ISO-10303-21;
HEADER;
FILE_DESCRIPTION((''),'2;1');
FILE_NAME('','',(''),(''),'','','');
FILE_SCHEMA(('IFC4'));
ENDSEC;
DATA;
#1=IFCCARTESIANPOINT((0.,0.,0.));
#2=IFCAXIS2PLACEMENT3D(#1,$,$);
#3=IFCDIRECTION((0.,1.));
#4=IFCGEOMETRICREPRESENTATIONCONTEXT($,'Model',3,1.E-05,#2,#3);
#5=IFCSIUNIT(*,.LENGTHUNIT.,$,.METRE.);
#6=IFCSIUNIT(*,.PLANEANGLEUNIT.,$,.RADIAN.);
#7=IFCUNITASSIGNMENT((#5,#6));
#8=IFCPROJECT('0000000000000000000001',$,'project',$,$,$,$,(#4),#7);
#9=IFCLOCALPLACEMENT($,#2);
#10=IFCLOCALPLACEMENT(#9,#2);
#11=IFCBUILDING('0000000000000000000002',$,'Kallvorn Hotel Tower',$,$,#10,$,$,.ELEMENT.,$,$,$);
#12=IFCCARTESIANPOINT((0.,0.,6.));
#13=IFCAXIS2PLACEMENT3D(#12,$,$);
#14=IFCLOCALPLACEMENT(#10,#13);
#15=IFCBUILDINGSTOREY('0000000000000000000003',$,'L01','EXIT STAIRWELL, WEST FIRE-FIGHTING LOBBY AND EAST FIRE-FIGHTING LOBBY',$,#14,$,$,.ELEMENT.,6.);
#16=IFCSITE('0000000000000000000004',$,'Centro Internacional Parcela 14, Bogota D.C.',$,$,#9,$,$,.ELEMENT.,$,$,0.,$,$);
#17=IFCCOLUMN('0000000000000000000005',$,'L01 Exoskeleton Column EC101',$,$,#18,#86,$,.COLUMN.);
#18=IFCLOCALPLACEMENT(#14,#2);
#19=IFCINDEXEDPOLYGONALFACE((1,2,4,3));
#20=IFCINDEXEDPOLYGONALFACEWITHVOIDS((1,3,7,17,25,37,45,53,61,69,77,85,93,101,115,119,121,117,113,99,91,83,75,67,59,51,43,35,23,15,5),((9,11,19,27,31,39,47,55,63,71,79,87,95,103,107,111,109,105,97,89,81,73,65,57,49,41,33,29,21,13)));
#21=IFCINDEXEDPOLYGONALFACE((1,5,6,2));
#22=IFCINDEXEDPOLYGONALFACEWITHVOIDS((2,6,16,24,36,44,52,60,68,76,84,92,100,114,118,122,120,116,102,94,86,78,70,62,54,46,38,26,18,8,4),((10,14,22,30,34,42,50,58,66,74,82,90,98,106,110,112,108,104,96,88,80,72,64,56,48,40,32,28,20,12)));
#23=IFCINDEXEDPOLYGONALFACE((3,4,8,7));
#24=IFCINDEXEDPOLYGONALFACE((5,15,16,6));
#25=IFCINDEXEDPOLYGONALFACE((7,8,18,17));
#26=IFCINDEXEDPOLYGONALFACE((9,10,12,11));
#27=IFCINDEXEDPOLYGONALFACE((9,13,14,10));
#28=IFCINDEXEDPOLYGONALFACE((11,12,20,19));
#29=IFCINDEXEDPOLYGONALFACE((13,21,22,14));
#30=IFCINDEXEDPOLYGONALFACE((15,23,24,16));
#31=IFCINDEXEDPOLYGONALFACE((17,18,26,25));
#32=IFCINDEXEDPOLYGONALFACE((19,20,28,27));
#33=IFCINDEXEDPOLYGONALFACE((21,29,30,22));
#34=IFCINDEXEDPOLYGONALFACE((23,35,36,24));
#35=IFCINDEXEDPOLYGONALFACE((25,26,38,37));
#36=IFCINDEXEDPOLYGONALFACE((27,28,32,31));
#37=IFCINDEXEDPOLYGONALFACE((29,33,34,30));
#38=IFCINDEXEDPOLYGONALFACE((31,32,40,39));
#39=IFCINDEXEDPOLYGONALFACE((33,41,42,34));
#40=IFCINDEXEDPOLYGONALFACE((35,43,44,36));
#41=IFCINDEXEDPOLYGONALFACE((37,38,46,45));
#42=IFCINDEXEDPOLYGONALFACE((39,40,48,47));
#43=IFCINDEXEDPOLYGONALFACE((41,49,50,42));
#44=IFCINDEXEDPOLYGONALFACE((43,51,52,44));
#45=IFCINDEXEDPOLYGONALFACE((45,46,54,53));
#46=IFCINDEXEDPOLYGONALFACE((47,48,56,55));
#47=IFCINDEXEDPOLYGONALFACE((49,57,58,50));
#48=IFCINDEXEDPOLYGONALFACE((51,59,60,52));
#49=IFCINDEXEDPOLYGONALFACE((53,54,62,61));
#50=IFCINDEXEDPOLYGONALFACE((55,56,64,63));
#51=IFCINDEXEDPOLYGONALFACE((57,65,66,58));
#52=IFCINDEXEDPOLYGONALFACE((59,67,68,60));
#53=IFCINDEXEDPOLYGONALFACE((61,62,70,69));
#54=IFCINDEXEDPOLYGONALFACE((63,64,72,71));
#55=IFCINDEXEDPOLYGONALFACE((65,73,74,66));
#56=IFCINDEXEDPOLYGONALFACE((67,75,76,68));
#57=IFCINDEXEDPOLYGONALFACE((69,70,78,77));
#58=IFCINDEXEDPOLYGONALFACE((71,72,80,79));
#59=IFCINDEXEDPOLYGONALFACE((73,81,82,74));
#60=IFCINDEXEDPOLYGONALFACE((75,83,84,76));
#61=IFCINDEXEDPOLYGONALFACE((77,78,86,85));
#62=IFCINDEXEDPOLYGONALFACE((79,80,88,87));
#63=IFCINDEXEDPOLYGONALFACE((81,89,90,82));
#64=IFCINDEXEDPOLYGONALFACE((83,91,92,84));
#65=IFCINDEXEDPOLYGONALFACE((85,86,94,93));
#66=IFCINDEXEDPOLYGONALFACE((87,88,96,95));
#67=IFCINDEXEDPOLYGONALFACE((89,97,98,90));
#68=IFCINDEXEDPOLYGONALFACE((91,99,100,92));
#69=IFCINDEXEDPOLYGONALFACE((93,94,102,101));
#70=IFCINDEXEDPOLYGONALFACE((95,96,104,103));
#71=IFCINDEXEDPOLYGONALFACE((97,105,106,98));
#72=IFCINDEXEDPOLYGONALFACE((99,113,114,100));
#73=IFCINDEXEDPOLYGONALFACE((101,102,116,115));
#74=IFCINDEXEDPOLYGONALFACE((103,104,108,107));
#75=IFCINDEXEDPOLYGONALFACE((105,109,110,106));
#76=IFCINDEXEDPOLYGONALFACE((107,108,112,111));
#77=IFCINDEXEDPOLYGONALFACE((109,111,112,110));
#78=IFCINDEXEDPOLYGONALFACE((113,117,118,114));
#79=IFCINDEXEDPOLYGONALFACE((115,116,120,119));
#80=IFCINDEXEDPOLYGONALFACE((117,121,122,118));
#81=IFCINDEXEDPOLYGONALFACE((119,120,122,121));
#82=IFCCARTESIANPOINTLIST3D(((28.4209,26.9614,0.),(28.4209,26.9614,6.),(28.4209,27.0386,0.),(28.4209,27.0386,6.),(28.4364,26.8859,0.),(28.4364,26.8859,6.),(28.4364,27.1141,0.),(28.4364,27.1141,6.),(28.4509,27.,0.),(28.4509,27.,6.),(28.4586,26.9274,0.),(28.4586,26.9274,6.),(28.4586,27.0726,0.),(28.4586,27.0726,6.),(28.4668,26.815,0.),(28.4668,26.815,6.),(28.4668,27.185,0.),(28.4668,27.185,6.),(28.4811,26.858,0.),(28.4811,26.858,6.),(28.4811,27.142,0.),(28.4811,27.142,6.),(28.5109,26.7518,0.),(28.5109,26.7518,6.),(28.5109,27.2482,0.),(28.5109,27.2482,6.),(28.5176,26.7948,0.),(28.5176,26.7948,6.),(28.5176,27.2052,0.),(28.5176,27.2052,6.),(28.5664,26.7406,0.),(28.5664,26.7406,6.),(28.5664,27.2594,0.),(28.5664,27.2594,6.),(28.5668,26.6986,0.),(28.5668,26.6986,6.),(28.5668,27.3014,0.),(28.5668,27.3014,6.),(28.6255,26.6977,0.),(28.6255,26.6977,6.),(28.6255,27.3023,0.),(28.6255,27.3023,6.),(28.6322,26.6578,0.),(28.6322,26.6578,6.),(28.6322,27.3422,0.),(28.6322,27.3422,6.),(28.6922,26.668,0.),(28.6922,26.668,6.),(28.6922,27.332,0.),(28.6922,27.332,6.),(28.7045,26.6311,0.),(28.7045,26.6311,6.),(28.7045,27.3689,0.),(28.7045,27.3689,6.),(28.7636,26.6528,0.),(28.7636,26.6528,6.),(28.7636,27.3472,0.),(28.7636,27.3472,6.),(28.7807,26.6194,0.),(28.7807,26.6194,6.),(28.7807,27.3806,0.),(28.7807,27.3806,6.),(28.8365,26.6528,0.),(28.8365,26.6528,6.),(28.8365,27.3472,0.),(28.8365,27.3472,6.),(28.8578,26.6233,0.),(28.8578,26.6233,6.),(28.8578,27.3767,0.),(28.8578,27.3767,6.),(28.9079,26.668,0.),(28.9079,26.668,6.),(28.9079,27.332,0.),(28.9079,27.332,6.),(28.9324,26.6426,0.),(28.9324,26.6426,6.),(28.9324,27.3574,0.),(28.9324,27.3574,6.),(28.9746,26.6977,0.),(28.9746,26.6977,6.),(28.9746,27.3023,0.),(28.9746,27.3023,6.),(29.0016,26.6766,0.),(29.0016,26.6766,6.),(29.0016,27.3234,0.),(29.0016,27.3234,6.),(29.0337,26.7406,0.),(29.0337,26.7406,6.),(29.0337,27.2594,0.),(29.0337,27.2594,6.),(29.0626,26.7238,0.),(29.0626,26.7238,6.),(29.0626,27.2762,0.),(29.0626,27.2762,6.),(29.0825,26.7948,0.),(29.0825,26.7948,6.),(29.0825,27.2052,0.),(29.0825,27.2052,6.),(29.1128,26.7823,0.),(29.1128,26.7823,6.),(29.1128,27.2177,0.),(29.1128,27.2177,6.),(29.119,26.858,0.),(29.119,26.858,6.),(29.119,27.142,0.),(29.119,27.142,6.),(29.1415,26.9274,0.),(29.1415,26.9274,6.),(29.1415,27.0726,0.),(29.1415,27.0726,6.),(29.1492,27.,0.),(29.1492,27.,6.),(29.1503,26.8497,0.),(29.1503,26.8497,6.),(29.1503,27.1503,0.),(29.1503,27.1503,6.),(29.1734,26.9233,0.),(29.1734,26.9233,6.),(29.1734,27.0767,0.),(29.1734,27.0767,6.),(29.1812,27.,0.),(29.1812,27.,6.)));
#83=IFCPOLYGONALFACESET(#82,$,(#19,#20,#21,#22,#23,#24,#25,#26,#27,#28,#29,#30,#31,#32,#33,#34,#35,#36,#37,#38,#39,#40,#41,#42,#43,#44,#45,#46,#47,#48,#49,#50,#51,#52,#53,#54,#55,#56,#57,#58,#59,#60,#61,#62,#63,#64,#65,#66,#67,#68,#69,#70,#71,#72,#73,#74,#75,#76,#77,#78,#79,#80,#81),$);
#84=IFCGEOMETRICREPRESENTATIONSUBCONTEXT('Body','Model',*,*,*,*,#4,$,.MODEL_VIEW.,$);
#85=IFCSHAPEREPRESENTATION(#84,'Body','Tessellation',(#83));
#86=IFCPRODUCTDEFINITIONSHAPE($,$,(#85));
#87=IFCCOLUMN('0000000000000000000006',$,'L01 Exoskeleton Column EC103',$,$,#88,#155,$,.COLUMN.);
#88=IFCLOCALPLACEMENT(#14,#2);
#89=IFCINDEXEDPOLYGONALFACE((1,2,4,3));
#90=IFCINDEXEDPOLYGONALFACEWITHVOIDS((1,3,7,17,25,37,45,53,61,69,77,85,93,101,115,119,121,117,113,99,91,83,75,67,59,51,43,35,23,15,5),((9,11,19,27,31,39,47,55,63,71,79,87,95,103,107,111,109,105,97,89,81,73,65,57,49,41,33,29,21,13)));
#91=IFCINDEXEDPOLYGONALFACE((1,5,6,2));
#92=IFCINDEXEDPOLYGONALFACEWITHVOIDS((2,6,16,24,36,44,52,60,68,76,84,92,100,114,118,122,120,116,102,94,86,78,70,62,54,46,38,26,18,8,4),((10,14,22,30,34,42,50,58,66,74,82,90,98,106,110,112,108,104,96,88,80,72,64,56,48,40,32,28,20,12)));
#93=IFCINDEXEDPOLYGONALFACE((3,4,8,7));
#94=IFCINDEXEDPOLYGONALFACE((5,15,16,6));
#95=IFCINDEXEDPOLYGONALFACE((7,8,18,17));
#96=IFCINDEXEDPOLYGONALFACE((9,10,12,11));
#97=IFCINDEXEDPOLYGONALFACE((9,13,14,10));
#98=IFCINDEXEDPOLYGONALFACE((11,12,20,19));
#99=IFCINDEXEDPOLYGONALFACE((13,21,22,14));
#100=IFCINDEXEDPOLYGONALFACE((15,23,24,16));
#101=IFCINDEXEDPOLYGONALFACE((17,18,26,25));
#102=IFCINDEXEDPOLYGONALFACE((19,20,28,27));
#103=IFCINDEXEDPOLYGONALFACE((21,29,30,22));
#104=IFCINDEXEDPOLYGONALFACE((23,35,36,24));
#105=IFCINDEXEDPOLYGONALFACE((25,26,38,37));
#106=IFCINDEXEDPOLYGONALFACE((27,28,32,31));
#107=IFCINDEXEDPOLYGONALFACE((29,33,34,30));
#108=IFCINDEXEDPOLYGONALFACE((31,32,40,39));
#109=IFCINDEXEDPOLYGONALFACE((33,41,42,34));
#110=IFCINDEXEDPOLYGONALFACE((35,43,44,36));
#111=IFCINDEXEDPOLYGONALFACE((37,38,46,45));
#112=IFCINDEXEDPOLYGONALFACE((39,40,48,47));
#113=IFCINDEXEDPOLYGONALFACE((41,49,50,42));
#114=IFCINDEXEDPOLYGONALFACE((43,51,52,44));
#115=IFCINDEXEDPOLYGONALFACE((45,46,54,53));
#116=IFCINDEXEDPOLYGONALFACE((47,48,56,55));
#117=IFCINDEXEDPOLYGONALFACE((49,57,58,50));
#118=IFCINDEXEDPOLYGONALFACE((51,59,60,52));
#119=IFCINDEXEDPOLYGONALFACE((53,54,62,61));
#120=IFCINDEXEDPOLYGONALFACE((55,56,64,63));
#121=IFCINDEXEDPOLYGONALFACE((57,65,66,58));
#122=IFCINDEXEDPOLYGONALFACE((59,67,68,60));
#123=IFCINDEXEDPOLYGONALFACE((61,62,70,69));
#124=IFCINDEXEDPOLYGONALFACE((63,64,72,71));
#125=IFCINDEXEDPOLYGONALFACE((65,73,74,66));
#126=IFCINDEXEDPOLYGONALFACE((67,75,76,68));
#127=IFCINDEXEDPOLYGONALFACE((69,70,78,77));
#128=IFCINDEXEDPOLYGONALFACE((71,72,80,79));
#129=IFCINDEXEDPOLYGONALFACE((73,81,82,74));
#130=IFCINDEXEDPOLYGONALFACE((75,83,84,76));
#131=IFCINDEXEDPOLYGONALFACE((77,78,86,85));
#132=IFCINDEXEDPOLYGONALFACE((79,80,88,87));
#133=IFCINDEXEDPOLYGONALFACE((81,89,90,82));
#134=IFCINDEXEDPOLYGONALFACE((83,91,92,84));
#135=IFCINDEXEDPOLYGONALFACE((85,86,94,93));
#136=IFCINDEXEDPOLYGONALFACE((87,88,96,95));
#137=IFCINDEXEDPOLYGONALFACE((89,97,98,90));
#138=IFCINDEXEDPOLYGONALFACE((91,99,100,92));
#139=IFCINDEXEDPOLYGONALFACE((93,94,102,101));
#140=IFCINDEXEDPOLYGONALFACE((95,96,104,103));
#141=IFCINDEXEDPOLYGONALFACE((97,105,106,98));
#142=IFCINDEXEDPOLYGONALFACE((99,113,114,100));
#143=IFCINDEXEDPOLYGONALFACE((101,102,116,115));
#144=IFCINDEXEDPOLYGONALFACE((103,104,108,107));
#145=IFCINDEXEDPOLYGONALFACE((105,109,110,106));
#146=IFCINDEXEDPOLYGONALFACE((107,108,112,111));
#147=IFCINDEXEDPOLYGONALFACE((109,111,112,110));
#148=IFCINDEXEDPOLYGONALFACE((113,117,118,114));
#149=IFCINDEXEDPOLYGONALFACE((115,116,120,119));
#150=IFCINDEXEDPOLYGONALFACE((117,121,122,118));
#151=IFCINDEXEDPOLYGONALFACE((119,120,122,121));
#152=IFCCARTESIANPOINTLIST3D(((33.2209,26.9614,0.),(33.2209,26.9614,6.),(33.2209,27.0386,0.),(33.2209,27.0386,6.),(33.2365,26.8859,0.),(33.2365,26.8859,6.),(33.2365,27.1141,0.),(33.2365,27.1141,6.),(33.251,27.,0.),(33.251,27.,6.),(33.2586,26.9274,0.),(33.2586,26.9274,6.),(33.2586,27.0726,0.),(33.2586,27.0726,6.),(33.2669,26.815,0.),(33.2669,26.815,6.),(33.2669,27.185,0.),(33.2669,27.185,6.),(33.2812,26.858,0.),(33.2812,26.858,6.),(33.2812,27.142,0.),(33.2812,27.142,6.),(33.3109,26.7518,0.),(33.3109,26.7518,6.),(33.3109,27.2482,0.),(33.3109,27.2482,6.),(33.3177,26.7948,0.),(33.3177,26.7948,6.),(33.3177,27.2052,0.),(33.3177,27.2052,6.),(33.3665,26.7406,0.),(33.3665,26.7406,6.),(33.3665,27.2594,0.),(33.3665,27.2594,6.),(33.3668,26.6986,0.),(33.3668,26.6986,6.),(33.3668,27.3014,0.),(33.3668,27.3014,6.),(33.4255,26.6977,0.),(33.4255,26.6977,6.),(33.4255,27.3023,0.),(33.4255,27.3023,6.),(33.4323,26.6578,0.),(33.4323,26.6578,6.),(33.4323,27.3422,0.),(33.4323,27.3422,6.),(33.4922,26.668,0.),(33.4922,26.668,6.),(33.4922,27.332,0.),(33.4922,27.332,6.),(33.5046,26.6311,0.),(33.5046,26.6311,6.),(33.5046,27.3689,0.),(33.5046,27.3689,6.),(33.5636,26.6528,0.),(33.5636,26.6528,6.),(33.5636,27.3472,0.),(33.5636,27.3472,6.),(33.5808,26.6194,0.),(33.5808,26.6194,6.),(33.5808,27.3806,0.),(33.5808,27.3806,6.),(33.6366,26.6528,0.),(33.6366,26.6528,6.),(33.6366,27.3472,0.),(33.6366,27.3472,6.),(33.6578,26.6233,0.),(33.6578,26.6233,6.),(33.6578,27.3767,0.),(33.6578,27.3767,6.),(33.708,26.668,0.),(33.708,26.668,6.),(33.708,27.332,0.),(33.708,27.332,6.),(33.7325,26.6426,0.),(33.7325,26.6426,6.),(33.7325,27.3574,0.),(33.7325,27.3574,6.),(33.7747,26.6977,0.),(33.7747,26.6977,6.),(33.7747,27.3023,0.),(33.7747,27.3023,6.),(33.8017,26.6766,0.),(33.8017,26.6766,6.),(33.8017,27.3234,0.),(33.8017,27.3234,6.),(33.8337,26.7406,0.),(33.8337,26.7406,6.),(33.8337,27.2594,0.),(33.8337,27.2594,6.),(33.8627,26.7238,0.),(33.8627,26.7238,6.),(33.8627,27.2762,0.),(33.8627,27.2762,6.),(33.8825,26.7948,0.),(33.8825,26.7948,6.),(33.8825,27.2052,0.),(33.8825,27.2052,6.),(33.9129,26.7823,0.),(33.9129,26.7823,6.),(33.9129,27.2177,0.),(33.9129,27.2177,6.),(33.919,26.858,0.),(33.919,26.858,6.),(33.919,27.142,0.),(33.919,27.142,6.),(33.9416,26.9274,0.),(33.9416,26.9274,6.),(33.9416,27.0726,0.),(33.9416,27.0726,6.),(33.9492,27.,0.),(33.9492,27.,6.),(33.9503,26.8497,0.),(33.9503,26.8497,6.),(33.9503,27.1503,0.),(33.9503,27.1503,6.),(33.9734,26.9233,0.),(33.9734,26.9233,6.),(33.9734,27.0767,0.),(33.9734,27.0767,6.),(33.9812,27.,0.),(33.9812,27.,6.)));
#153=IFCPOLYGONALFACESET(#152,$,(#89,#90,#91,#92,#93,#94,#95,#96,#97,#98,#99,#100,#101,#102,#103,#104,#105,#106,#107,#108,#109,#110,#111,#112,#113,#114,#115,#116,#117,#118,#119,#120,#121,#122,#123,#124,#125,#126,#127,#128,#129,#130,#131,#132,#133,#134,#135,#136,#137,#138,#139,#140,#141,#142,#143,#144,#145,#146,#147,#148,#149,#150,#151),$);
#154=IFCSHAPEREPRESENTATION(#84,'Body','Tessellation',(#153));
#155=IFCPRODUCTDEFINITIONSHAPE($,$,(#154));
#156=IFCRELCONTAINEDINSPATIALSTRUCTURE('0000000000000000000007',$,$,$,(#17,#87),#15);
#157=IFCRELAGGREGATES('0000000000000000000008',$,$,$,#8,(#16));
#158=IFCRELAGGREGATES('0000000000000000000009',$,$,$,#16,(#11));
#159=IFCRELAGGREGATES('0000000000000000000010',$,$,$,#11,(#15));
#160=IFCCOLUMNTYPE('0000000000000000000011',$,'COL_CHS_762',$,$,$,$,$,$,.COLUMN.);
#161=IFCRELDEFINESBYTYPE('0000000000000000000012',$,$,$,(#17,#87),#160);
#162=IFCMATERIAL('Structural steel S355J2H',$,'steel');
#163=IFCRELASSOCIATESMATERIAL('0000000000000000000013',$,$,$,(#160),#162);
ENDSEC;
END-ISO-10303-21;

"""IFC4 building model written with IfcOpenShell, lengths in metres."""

from ifc_helpers import new_model, si_unit, direction, frame, origin, origin_2d, place, context, subcontext, project, spatial, hollow_circle, extrude, material, material_profile, profile_set, type_object, element, save


model = new_model("IFC4")

# Units and contexts
model_context = context("Model", 3, precision=1e-05, world=origin(), true_north=direction((0.0, 1.0)))
body_context = subcontext(model_context, "Body", "Model", "MODEL_VIEW")
ifc_project = project(units=[si_unit("LENGTHUNIT", "METRE"), si_unit("PLANEANGLEUNIT", "RADIAN")], contexts=[model_context])

# Site, building, storey
site_placement = place(None, origin())
site = spatial("IfcSite", under=ifc_project, at=site_placement, Name="Centro Internacional Parcela 14, Bogota D.C.", CompositionType="ELEMENT", RefElevation=0.0)
building_placement = place(site_placement, origin())
building = spatial("IfcBuilding", under=site, at=building_placement, Name="Kallvorn Hotel Tower", CompositionType="ELEMENT")
storey_placement = place(building_placement, frame((0.0, 0.0, 6.0)))
storey = spatial("IfcBuildingStorey", under=building, at=storey_placement, Name="L01", Description="EXIT STAIRWELL, WEST FIRE-FIGHTING LOBBY AND EAST FIRE-FIGHTING LOBBY", CompositionType="ELEMENT", Elevation=6.0)

# Columns
ifc_material_1 = material(Name="Structural steel S355J2H", Category="steel")
ifc_material_profile_1 = material_profile(ifc_material_1, hollow_circle(Radius=0.3811, WallThickness=0.032, at=origin_2d()), Name="CHS 762x32")
ifc_profile_set_1 = profile_set([ifc_material_profile_1], Name="Structural steel S355J2H")
column_type = type_object("IfcColumnType", Name="COL_CHS_762", PredefinedType="COLUMN", material=ifc_profile_set_1)
for number, where, z_axis, x_axis, name in (
    (1, (28.8, 27.0, 0.0), (0.0, 0.0, 1.0), (1.0, 0.0, 0.0), "L01 Exoskeleton Column EC101"),
    (2, (33.6001, 27.0, 0.0), (0.0, 0.0, 1.0), (1.0, 0.0, 0.0), "L01 Exoskeleton Column EC103"),
):
    element("IfcColumn", number, at=place(storey_placement, frame(where, z_axis=z_axis, x_axis=x_axis)), inside=storey, type_object=column_type, Name=name, PredefinedType="COLUMN", context=body_context, shape_type="SweptSolid", body=[
        extrude(hollow_circle(Radius=0.3811, WallThickness=0.032, at=origin_2d()), origin(), (0.0, 0.0, 1.0), 6.0),
    ])

save(model, "model.ifc")
